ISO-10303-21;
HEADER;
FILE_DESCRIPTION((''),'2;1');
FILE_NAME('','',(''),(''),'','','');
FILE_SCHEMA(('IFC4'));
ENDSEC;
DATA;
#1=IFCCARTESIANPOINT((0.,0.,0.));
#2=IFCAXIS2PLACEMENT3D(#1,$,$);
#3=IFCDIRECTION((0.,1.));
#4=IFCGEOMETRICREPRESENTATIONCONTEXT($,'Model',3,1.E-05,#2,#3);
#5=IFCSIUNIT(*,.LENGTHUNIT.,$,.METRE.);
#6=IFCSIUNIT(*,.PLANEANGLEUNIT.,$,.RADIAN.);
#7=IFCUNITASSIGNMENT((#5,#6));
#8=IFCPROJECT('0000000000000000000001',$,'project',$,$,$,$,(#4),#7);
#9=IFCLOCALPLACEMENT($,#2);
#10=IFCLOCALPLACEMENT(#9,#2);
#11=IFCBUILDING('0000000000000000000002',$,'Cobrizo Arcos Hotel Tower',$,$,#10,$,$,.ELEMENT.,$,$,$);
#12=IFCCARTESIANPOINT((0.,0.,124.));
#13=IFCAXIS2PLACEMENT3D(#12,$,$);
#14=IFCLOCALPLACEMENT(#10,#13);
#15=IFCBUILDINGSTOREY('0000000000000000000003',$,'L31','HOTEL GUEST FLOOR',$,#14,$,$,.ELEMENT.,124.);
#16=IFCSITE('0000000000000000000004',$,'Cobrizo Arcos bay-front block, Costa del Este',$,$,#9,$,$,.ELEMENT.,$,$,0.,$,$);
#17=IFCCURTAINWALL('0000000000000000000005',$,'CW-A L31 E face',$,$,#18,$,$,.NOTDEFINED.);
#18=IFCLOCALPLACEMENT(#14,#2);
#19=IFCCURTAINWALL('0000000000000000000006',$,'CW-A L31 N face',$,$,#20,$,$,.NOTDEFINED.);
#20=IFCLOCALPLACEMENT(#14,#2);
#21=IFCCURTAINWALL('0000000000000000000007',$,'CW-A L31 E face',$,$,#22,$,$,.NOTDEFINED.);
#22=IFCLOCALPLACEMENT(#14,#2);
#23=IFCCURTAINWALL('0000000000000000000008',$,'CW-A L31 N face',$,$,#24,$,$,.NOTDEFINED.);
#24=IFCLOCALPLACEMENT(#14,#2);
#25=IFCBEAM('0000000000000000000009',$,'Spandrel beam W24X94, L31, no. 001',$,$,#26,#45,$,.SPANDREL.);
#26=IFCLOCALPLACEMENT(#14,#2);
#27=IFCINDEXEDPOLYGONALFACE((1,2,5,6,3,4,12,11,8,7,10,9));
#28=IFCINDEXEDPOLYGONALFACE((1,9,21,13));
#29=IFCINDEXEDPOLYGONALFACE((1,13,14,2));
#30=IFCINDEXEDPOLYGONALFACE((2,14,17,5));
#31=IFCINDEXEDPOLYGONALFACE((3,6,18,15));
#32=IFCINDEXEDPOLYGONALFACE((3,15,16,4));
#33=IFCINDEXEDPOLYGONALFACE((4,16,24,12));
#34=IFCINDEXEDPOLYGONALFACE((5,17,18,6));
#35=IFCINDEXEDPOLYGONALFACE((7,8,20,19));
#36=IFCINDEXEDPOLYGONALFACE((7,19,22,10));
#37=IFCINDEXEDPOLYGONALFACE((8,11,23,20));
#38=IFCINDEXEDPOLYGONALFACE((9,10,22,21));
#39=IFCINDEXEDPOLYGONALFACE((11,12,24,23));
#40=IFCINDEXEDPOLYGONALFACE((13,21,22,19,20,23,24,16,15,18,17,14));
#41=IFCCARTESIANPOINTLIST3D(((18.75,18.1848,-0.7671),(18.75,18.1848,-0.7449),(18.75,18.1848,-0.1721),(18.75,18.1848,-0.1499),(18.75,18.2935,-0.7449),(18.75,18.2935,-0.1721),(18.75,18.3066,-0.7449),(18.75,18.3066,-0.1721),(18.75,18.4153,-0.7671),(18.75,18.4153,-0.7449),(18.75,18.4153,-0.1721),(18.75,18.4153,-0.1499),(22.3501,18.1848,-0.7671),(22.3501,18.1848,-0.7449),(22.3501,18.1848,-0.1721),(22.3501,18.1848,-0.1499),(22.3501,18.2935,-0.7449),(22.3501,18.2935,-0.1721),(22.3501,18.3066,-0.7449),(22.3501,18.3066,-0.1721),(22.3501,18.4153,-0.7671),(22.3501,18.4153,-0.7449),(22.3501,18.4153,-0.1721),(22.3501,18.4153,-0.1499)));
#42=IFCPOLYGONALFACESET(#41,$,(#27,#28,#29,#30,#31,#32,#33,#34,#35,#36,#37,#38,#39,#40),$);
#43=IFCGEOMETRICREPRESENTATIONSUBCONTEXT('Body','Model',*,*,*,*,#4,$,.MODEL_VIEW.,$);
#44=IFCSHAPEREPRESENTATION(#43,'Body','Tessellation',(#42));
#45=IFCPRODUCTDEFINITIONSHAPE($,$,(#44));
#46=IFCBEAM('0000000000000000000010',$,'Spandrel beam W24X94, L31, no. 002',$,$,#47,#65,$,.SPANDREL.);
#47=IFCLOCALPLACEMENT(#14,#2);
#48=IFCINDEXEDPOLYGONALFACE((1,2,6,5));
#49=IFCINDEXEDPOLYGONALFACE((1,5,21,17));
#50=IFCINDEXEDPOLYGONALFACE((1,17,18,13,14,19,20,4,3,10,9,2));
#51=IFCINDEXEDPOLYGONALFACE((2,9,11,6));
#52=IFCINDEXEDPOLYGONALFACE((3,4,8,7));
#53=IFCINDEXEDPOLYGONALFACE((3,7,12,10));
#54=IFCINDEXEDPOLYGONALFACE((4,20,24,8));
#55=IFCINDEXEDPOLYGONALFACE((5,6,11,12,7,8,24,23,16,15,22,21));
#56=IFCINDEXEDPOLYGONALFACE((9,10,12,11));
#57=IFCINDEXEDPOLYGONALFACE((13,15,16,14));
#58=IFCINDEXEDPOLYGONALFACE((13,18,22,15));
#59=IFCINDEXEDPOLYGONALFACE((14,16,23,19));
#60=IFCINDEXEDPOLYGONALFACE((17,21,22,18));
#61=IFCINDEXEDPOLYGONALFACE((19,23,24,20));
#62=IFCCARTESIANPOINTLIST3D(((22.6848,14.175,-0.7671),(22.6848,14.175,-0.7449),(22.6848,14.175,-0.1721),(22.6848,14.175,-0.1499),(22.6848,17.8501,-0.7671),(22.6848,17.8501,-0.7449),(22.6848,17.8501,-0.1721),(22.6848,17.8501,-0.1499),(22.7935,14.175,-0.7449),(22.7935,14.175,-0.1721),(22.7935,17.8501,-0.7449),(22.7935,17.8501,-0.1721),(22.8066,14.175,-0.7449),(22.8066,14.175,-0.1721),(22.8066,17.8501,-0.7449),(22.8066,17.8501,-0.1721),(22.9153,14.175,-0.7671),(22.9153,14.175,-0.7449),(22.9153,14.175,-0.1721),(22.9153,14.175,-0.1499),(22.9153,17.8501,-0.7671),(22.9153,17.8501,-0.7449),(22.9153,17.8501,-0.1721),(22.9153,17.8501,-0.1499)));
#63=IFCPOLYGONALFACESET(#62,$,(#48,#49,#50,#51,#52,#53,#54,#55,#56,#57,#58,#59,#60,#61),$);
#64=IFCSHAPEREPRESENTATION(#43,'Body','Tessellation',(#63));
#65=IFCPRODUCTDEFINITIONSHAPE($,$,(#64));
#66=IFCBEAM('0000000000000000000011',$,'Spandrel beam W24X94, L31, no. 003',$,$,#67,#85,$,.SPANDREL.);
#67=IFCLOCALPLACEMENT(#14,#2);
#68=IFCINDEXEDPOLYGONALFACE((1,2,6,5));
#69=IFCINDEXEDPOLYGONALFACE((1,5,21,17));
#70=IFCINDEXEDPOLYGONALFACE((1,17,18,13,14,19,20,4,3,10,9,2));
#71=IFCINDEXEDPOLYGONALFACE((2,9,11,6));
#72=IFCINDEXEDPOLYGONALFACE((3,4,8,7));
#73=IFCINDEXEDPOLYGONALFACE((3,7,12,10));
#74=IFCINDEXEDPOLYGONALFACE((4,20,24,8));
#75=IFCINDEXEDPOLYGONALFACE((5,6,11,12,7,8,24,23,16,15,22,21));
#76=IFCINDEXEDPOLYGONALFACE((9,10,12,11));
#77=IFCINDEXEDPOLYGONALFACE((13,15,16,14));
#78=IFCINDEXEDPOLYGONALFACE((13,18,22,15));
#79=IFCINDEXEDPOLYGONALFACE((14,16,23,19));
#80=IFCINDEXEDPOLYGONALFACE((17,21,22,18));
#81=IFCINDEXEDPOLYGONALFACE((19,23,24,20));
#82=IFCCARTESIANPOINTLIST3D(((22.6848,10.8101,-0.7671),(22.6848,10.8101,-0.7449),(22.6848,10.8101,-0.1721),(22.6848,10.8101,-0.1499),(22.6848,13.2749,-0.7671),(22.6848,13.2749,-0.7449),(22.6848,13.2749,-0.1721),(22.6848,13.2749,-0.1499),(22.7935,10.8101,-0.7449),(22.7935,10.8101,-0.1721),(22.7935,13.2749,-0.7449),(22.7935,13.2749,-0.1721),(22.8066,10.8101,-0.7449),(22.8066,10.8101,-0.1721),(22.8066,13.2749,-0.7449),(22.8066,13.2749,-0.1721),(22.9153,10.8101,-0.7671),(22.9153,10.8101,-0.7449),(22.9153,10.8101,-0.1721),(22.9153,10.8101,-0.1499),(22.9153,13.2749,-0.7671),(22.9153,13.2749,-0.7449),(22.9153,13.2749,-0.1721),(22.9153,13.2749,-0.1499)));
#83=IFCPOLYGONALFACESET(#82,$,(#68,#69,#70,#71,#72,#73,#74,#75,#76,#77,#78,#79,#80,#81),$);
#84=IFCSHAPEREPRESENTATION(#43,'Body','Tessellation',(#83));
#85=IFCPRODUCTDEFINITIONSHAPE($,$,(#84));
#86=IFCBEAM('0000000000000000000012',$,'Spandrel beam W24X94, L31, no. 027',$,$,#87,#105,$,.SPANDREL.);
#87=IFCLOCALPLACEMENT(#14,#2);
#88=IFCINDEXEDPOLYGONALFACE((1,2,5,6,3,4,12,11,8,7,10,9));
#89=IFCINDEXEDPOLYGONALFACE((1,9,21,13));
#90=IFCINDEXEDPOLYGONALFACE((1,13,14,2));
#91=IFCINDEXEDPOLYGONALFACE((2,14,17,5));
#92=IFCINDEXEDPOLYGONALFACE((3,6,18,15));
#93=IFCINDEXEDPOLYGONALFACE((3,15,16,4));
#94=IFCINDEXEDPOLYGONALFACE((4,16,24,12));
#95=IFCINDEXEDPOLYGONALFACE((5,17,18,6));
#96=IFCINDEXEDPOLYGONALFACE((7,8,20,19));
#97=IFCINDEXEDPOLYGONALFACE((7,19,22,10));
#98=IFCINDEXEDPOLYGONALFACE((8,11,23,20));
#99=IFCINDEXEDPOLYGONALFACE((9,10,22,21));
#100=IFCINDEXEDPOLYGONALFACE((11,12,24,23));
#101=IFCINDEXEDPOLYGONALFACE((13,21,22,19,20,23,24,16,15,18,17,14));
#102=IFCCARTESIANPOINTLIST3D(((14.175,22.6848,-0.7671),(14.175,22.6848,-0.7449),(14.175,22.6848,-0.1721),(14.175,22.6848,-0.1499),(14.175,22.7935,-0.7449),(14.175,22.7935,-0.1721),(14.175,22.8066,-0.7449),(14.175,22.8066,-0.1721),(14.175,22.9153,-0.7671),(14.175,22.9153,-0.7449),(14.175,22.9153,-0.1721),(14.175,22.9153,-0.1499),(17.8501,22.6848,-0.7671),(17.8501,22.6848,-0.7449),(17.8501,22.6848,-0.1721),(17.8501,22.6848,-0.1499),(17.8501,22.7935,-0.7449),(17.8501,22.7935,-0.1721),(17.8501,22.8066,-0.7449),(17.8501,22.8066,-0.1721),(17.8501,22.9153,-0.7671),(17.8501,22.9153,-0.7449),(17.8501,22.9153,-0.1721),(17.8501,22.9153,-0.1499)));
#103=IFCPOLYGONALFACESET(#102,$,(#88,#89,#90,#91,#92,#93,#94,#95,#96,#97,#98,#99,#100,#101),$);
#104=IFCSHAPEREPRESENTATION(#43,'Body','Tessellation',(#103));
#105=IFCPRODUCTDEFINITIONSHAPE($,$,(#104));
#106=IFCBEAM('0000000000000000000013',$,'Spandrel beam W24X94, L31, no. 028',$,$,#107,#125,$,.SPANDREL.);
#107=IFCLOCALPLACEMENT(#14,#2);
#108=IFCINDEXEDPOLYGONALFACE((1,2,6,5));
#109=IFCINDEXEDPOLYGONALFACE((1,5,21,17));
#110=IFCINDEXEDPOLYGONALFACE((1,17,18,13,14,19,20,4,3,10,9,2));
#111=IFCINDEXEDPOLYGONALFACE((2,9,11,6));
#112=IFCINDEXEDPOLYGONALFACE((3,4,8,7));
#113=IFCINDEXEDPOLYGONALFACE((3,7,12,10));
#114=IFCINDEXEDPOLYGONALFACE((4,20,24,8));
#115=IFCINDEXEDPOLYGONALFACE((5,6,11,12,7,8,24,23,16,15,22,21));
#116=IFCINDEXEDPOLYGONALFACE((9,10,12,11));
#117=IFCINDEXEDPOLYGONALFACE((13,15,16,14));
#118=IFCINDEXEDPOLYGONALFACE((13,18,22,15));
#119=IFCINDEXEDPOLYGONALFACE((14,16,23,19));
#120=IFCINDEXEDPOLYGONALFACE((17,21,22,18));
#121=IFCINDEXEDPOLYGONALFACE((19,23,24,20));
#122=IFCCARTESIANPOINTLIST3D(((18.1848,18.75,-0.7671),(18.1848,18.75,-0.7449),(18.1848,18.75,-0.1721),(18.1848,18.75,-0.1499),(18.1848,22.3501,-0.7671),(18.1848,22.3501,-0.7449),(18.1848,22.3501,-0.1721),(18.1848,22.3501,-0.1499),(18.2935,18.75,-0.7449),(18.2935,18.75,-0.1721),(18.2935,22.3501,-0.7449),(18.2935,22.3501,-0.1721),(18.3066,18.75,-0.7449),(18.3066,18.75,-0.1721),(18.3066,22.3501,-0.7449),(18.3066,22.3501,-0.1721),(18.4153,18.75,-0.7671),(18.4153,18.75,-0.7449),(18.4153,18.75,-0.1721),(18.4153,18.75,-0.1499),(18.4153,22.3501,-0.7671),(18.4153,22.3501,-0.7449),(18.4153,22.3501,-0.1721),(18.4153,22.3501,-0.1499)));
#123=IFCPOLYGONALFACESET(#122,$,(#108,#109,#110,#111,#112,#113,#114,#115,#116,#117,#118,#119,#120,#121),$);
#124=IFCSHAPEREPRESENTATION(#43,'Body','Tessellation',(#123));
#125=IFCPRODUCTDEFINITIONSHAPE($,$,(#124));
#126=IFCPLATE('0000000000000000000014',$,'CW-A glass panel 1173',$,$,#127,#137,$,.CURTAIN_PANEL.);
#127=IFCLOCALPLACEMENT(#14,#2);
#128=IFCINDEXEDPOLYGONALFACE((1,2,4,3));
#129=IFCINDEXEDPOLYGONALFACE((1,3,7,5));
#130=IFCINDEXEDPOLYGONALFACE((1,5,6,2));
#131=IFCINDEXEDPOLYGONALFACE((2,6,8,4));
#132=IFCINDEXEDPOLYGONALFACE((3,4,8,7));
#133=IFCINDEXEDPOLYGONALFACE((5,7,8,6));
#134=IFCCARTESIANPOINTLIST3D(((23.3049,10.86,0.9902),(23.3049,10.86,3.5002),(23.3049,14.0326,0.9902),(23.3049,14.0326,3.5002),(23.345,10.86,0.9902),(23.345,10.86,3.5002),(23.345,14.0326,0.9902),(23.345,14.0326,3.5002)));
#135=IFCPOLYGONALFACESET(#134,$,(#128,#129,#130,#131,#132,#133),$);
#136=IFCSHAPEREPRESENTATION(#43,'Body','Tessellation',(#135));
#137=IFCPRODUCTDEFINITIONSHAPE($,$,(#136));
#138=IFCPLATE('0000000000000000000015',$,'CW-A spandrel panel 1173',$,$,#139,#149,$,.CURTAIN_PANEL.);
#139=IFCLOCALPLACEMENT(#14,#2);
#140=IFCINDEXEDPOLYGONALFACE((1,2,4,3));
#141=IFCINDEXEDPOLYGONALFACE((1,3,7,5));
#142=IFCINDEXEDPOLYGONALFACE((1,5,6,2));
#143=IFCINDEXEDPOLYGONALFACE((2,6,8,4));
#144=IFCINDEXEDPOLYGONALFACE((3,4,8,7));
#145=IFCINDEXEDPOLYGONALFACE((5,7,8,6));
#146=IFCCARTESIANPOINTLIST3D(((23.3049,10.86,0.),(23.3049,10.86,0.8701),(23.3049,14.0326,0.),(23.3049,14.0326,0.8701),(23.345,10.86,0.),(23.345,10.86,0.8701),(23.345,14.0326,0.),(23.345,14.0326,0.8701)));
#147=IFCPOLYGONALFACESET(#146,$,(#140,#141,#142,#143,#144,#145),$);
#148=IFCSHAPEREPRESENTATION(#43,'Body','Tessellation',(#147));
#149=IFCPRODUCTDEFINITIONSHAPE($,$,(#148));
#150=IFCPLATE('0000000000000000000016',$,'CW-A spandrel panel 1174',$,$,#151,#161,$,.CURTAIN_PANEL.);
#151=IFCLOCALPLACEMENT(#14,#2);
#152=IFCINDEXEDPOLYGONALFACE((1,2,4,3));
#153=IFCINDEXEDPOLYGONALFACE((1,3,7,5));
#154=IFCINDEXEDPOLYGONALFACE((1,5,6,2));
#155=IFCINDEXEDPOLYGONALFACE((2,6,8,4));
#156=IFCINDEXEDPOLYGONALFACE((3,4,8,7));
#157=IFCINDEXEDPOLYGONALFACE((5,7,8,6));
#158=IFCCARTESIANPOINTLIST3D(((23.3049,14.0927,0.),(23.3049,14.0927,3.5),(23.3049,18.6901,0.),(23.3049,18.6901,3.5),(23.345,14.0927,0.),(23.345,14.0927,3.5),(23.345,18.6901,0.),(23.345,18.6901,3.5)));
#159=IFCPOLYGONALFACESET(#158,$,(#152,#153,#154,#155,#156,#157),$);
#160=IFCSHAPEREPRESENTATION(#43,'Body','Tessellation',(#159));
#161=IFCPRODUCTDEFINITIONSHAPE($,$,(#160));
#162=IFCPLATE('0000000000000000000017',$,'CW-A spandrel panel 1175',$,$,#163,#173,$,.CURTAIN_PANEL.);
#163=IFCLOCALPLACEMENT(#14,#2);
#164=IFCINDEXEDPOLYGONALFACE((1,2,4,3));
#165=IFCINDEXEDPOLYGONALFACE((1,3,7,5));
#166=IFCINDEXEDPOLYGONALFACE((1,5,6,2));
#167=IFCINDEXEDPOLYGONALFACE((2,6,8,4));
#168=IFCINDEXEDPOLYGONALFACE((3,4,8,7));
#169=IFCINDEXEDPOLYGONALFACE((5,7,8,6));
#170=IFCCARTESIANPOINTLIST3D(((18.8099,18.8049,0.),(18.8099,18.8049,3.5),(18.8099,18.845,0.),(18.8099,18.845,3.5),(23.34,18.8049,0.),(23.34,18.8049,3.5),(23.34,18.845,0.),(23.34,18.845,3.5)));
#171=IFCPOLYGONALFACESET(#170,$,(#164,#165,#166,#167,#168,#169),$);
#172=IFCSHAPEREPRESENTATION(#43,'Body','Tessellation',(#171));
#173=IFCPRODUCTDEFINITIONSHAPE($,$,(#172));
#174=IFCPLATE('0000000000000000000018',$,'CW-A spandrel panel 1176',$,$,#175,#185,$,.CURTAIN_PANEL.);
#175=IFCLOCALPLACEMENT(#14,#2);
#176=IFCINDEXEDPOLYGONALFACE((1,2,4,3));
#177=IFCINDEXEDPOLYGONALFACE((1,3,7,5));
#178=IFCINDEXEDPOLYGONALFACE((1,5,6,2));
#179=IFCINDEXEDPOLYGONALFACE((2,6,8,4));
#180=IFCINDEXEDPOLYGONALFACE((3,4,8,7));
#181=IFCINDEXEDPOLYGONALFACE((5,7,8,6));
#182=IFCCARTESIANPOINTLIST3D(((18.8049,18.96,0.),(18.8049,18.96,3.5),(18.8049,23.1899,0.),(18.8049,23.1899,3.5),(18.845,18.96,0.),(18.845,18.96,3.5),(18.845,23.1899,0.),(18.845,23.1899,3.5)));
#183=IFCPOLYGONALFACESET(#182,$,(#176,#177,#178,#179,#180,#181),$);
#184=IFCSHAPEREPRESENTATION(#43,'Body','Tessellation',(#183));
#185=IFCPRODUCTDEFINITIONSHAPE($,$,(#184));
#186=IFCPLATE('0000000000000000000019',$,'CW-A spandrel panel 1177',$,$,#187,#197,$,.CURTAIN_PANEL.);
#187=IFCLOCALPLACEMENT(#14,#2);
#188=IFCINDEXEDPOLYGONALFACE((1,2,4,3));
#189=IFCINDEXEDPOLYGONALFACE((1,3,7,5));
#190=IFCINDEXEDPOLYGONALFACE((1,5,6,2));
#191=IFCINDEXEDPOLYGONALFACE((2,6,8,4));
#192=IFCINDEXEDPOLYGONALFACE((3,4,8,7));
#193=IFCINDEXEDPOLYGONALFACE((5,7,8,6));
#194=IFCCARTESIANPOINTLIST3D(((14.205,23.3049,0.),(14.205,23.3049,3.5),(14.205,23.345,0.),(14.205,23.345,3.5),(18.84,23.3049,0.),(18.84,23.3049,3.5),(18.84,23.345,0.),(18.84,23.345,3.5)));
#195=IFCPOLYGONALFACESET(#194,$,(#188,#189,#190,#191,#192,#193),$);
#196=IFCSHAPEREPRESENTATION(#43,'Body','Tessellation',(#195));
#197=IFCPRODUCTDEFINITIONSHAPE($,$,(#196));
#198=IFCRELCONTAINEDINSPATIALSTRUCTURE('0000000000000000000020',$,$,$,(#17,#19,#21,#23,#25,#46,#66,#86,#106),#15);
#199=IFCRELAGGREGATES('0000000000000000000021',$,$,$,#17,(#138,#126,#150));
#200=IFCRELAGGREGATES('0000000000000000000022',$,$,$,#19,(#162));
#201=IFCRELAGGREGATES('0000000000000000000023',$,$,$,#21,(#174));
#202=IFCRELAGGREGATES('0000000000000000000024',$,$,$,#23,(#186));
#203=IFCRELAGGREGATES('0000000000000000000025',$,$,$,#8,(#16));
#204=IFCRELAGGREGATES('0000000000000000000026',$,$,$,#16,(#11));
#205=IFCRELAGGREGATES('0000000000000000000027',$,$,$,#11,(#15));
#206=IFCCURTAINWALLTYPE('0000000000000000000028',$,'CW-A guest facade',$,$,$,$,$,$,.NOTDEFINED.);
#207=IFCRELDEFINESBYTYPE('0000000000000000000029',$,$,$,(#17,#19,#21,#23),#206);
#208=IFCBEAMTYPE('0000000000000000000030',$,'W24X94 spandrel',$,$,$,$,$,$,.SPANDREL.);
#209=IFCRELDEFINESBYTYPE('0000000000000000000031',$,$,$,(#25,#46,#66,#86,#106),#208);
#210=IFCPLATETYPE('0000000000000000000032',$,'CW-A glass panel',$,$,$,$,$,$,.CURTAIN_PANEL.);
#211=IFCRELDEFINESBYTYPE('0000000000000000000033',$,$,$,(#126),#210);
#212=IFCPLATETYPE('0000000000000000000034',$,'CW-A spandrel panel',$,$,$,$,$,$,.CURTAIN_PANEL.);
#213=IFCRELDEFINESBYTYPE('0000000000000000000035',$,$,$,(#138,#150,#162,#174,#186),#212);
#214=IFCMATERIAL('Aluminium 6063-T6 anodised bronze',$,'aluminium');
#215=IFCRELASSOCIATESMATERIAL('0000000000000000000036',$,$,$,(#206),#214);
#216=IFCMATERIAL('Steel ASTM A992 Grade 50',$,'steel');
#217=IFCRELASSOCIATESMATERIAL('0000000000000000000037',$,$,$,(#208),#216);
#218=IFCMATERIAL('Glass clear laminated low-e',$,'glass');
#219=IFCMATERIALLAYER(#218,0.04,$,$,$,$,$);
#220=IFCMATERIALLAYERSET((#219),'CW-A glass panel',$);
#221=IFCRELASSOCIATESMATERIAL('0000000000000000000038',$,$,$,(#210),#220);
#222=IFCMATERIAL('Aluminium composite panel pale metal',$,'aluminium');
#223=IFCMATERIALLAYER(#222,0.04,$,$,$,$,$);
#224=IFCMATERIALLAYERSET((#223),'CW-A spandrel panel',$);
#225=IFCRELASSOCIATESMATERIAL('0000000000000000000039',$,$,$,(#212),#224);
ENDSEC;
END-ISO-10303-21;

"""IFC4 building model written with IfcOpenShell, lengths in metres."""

from ifc_helpers import new_model, si_unit, direction, frame, origin, origin_2d, place, context, subcontext, project, spatial, rectangle, i_section, extrude, material, layer, layer_set, material_profile, profile_set, type_object, element, aggregate, save


model = new_model("IFC4")

# Units and contexts
model_context = context("Model", 3, precision=1e-05, world=origin(), true_north=direction((0.0, 1.0)))
body_context = subcontext(model_context, "Body", "Model", "MODEL_VIEW")
ifc_project = project(units=[si_unit("LENGTHUNIT", "METRE"), si_unit("PLANEANGLEUNIT", "RADIAN")], contexts=[model_context])

# Site, building, storey
site_placement = place(None, origin())
site = spatial("IfcSite", under=ifc_project, at=site_placement, Name="Cobrizo Arcos bay-front block, Costa del Este", CompositionType="ELEMENT", RefElevation=0.0)
building_placement = place(site_placement, origin())
building = spatial("IfcBuilding", under=site, at=building_placement, Name="Cobrizo Arcos Hotel Tower", CompositionType="ELEMENT")
storey_placement = place(building_placement, frame((0.0, 0.0, 124.0)))
storey = spatial("IfcBuildingStorey", under=building, at=storey_placement, Name="L31", Description="HOTEL GUEST FLOOR", CompositionType="ELEMENT", Elevation=124.0)

# Curtain walls
ifc_material_1 = material(Name="Aluminium 6063-T6 anodised bronze", Category="aluminium")
curtain_wall_type = type_object("IfcCurtainWallType", Name="CW-A guest facade", PredefinedType="NOTDEFINED", material=ifc_material_1)
curtain_wall_1_placement = place(storey_placement, origin())
curtain_wall_1 = element("IfcCurtainWall", 1, at=curtain_wall_1_placement, inside=storey, type_object=curtain_wall_type, Name="CW-A L31 E face", PredefinedType="NOTDEFINED")
curtain_wall_2_placement = place(storey_placement, origin())
curtain_wall_2 = element("IfcCurtainWall", 2, at=curtain_wall_2_placement, inside=storey, type_object=curtain_wall_type, Name="CW-A L31 N face", PredefinedType="NOTDEFINED")
curtain_wall_3_placement = place(storey_placement, origin())
curtain_wall_3 = element("IfcCurtainWall", 3, at=curtain_wall_3_placement, inside=storey, type_object=curtain_wall_type, Name="CW-A L31 E face", PredefinedType="NOTDEFINED")
curtain_wall_4_placement = place(storey_placement, origin())
curtain_wall_4 = element("IfcCurtainWall", 4, at=curtain_wall_4_placement, inside=storey, type_object=curtain_wall_type, Name="CW-A L31 N face", PredefinedType="NOTDEFINED")

# Beams
ifc_material_2 = material(Name="Steel ASTM A992 Grade 50", Category="steel")
ifc_material_profile_1 = material_profile(ifc_material_2, i_section(OverallWidth=0.2305, OverallDepth=0.6172, WebThickness=0.0132, FlangeThickness=0.0222, at=origin_2d()), Name="W24X94")
ifc_profile_set_1 = profile_set([ifc_material_profile_1], Name="Steel ASTM A992 Grade 50")
beam_type = type_object("IfcBeamType", Name="W24X94 spandrel", PredefinedType="SPANDREL", material=ifc_profile_set_1)
beam_1_placement = place(storey_placement, frame((18.75, 18.3, -0.4585), z_axis=(1.0, 0.0, 0.0), x_axis=(0.0, 1.0, 0.0)))
element("IfcBeam", 5, at=beam_1_placement, inside=storey, type_object=beam_type, Name="Spandrel beam W24X94, L31, no. 001", PredefinedType="SPANDREL", context=body_context, shape_type="SweptSolid", body=[
    extrude(i_section(OverallWidth=0.2305, OverallDepth=0.6172, WebThickness=0.0132, FlangeThickness=0.0222, at=origin_2d()), origin(), (0.0, 0.0, 1.0), 3.6001),
])
beam_2_placement = place(storey_placement, frame((22.8, 17.8501, -0.4585), z_axis=(0.0, -1.0, 0.0), x_axis=(1.0, 0.0, 0.0)))
element("IfcBeam", 6, at=beam_2_placement, inside=storey, type_object=beam_type, Name="Spandrel beam W24X94, L31, no. 002", PredefinedType="SPANDREL", context=body_context, shape_type="SweptSolid", body=[
    extrude(i_section(OverallWidth=0.2305, OverallDepth=0.6172, WebThickness=0.0132, FlangeThickness=0.0222, at=origin_2d()), origin(), (0.0, 0.0, 1.0), 3.675),
])
beam_3_placement = place(storey_placement, frame((22.8, 13.2749, -0.4585), z_axis=(0.0, -1.0, 0.0), x_axis=(1.0, 0.0, 0.0)))
element("IfcBeam", 7, at=beam_3_placement, inside=storey, type_object=beam_type, Name="Spandrel beam W24X94, L31, no. 003", PredefinedType="SPANDREL", context=body_context, shape_type="SweptSolid", body=[
    extrude(i_section(OverallWidth=0.2305, OverallDepth=0.6172, WebThickness=0.0132, FlangeThickness=0.0222, at=origin_2d()), origin(), (0.0, 0.0, 1.0), 2.4648),
])
beam_4_placement = place(storey_placement, frame((14.175, 22.8, -0.4585), z_axis=(1.0, 0.0, 0.0), x_axis=(0.0, 1.0, 0.0)))
element("IfcBeam", 8, at=beam_4_placement, inside=storey, type_object=beam_type, Name="Spandrel beam W24X94, L31, no. 027", PredefinedType="SPANDREL", context=body_context, shape_type="SweptSolid", body=[
    extrude(i_section(OverallWidth=0.2305, OverallDepth=0.6172, WebThickness=0.0132, FlangeThickness=0.0222, at=origin_2d()), origin(), (0.0, 0.0, 1.0), 3.675),
])
beam_5_placement = place(storey_placement, frame((18.3, 22.3501, -0.4585), z_axis=(0.0, -1.0, 0.0), x_axis=(1.0, 0.0, 0.0)))
element("IfcBeam", 9, at=beam_5_placement, inside=storey, type_object=beam_type, Name="Spandrel beam W24X94, L31, no. 028", PredefinedType="SPANDREL", context=body_context, shape_type="SweptSolid", body=[
    extrude(i_section(OverallWidth=0.2305, OverallDepth=0.6172, WebThickness=0.0132, FlangeThickness=0.0222, at=origin_2d()), origin(), (0.0, 0.0, 1.0), 3.6001),
])

# Plates
ifc_material_3 = material(Name="Glass clear laminated low-e", Category="glass")
ifc_layer_1 = layer(ifc_material_3, 0.04)
ifc_layer_set_1 = layer_set([ifc_layer_1], Name="CW-A glass panel")
plate_type_1 = type_object("IfcPlateType", Name="CW-A glass panel", PredefinedType="CURTAIN_PANEL", material=ifc_layer_set_1)
plate_1_placement = place(storey_placement, frame((23.325, 12.4463, 0.9902), z_axis=(0.0, 0.0, 1.0), x_axis=(0.0, 1.0, 0.0)))
plate_1 = element("IfcPlate", 10, at=plate_1_placement, type_object=plate_type_1, Name="CW-A glass panel 1173", PredefinedType="CURTAIN_PANEL", context=body_context, shape_type="SweptSolid", body=[
    extrude(rectangle(XDim=3.1726, YDim=0.04, at=origin_2d()), origin(), (0.0, 0.0, 1.0), 2.51),
])
ifc_material_4 = material(Name="Aluminium composite panel pale metal", Category="aluminium")
ifc_layer_2 = layer(ifc_material_4, 0.04)
ifc_layer_set_2 = layer_set([ifc_layer_2], Name="CW-A spandrel panel")
plate_type_2 = type_object("IfcPlateType", Name="CW-A spandrel panel", PredefinedType="CURTAIN_PANEL", material=ifc_layer_set_2)
plate_2_placement = place(storey_placement, frame((23.325, 12.4463, 0.0), z_axis=(0.0, 0.0, 1.0), x_axis=(0.0, 1.0, 0.0)))
plate_2 = element("IfcPlate", 11, at=plate_2_placement, type_object=plate_type_2, Name="CW-A spandrel panel 1173", PredefinedType="CURTAIN_PANEL", context=body_context, shape_type="SweptSolid", body=[
    extrude(rectangle(XDim=3.1726, YDim=0.04, at=origin_2d()), origin(), (0.0, 0.0, 1.0), 0.8701),
])
plate_3_placement = place(storey_placement, frame((23.325, 16.3914, 0.0), z_axis=(0.0, 0.0, 1.0), x_axis=(0.0, 1.0, 0.0)))
plate_3 = element("IfcPlate", 12, at=plate_3_placement, type_object=plate_type_2, Name="CW-A spandrel panel 1174", PredefinedType="CURTAIN_PANEL", context=body_context, shape_type="SweptSolid", body=[
    extrude(rectangle(XDim=4.5974, YDim=0.04, at=origin_2d()), origin(), (0.0, 0.0, 1.0), 3.5),
])
aggregate(curtain_wall_1, [plate_2, plate_1, plate_3])
plate_4_placement = place(storey_placement, frame((21.075, 18.825, 0.0), z_axis=(0.0, 0.0, 1.0), x_axis=(-1.0, 0.0, 0.0)))
plate_4 = element("IfcPlate", 13, at=plate_4_placement, type_object=plate_type_2, Name="CW-A spandrel panel 1175", PredefinedType="CURTAIN_PANEL", context=body_context, shape_type="SweptSolid", body=[
    extrude(rectangle(XDim=4.53, YDim=0.04, at=origin_2d()), origin(), (0.0, 0.0, 1.0), 3.5),
])
aggregate(curtain_wall_2, [plate_4])
plate_5_placement = place(storey_placement, frame((18.825, 21.075, 0.0), z_axis=(0.0, 0.0, 1.0), x_axis=(0.0, 1.0, 0.0)))
plate_5 = element("IfcPlate", 14, at=plate_5_placement, type_object=plate_type_2, Name="CW-A spandrel panel 1176", PredefinedType="CURTAIN_PANEL", context=body_context, shape_type="SweptSolid", body=[
    extrude(rectangle(XDim=4.23, YDim=0.04, at=origin_2d()), origin(), (0.0, 0.0, 1.0), 3.5),
])
aggregate(curtain_wall_3, [plate_5])
plate_6_placement = place(storey_placement, frame((16.5225, 23.325, 0.0), z_axis=(0.0, 0.0, 1.0), x_axis=(-1.0, 0.0, 0.0)))
plate_6 = element("IfcPlate", 15, at=plate_6_placement, type_object=plate_type_2, Name="CW-A spandrel panel 1177", PredefinedType="CURTAIN_PANEL", context=body_context, shape_type="SweptSolid", body=[
    extrude(rectangle(XDim=4.635, YDim=0.04, at=origin_2d()), origin(), (0.0, 0.0, 1.0), 3.5),
])
aggregate(curtain_wall_4, [plate_6])

save(model, "model.ifc")
